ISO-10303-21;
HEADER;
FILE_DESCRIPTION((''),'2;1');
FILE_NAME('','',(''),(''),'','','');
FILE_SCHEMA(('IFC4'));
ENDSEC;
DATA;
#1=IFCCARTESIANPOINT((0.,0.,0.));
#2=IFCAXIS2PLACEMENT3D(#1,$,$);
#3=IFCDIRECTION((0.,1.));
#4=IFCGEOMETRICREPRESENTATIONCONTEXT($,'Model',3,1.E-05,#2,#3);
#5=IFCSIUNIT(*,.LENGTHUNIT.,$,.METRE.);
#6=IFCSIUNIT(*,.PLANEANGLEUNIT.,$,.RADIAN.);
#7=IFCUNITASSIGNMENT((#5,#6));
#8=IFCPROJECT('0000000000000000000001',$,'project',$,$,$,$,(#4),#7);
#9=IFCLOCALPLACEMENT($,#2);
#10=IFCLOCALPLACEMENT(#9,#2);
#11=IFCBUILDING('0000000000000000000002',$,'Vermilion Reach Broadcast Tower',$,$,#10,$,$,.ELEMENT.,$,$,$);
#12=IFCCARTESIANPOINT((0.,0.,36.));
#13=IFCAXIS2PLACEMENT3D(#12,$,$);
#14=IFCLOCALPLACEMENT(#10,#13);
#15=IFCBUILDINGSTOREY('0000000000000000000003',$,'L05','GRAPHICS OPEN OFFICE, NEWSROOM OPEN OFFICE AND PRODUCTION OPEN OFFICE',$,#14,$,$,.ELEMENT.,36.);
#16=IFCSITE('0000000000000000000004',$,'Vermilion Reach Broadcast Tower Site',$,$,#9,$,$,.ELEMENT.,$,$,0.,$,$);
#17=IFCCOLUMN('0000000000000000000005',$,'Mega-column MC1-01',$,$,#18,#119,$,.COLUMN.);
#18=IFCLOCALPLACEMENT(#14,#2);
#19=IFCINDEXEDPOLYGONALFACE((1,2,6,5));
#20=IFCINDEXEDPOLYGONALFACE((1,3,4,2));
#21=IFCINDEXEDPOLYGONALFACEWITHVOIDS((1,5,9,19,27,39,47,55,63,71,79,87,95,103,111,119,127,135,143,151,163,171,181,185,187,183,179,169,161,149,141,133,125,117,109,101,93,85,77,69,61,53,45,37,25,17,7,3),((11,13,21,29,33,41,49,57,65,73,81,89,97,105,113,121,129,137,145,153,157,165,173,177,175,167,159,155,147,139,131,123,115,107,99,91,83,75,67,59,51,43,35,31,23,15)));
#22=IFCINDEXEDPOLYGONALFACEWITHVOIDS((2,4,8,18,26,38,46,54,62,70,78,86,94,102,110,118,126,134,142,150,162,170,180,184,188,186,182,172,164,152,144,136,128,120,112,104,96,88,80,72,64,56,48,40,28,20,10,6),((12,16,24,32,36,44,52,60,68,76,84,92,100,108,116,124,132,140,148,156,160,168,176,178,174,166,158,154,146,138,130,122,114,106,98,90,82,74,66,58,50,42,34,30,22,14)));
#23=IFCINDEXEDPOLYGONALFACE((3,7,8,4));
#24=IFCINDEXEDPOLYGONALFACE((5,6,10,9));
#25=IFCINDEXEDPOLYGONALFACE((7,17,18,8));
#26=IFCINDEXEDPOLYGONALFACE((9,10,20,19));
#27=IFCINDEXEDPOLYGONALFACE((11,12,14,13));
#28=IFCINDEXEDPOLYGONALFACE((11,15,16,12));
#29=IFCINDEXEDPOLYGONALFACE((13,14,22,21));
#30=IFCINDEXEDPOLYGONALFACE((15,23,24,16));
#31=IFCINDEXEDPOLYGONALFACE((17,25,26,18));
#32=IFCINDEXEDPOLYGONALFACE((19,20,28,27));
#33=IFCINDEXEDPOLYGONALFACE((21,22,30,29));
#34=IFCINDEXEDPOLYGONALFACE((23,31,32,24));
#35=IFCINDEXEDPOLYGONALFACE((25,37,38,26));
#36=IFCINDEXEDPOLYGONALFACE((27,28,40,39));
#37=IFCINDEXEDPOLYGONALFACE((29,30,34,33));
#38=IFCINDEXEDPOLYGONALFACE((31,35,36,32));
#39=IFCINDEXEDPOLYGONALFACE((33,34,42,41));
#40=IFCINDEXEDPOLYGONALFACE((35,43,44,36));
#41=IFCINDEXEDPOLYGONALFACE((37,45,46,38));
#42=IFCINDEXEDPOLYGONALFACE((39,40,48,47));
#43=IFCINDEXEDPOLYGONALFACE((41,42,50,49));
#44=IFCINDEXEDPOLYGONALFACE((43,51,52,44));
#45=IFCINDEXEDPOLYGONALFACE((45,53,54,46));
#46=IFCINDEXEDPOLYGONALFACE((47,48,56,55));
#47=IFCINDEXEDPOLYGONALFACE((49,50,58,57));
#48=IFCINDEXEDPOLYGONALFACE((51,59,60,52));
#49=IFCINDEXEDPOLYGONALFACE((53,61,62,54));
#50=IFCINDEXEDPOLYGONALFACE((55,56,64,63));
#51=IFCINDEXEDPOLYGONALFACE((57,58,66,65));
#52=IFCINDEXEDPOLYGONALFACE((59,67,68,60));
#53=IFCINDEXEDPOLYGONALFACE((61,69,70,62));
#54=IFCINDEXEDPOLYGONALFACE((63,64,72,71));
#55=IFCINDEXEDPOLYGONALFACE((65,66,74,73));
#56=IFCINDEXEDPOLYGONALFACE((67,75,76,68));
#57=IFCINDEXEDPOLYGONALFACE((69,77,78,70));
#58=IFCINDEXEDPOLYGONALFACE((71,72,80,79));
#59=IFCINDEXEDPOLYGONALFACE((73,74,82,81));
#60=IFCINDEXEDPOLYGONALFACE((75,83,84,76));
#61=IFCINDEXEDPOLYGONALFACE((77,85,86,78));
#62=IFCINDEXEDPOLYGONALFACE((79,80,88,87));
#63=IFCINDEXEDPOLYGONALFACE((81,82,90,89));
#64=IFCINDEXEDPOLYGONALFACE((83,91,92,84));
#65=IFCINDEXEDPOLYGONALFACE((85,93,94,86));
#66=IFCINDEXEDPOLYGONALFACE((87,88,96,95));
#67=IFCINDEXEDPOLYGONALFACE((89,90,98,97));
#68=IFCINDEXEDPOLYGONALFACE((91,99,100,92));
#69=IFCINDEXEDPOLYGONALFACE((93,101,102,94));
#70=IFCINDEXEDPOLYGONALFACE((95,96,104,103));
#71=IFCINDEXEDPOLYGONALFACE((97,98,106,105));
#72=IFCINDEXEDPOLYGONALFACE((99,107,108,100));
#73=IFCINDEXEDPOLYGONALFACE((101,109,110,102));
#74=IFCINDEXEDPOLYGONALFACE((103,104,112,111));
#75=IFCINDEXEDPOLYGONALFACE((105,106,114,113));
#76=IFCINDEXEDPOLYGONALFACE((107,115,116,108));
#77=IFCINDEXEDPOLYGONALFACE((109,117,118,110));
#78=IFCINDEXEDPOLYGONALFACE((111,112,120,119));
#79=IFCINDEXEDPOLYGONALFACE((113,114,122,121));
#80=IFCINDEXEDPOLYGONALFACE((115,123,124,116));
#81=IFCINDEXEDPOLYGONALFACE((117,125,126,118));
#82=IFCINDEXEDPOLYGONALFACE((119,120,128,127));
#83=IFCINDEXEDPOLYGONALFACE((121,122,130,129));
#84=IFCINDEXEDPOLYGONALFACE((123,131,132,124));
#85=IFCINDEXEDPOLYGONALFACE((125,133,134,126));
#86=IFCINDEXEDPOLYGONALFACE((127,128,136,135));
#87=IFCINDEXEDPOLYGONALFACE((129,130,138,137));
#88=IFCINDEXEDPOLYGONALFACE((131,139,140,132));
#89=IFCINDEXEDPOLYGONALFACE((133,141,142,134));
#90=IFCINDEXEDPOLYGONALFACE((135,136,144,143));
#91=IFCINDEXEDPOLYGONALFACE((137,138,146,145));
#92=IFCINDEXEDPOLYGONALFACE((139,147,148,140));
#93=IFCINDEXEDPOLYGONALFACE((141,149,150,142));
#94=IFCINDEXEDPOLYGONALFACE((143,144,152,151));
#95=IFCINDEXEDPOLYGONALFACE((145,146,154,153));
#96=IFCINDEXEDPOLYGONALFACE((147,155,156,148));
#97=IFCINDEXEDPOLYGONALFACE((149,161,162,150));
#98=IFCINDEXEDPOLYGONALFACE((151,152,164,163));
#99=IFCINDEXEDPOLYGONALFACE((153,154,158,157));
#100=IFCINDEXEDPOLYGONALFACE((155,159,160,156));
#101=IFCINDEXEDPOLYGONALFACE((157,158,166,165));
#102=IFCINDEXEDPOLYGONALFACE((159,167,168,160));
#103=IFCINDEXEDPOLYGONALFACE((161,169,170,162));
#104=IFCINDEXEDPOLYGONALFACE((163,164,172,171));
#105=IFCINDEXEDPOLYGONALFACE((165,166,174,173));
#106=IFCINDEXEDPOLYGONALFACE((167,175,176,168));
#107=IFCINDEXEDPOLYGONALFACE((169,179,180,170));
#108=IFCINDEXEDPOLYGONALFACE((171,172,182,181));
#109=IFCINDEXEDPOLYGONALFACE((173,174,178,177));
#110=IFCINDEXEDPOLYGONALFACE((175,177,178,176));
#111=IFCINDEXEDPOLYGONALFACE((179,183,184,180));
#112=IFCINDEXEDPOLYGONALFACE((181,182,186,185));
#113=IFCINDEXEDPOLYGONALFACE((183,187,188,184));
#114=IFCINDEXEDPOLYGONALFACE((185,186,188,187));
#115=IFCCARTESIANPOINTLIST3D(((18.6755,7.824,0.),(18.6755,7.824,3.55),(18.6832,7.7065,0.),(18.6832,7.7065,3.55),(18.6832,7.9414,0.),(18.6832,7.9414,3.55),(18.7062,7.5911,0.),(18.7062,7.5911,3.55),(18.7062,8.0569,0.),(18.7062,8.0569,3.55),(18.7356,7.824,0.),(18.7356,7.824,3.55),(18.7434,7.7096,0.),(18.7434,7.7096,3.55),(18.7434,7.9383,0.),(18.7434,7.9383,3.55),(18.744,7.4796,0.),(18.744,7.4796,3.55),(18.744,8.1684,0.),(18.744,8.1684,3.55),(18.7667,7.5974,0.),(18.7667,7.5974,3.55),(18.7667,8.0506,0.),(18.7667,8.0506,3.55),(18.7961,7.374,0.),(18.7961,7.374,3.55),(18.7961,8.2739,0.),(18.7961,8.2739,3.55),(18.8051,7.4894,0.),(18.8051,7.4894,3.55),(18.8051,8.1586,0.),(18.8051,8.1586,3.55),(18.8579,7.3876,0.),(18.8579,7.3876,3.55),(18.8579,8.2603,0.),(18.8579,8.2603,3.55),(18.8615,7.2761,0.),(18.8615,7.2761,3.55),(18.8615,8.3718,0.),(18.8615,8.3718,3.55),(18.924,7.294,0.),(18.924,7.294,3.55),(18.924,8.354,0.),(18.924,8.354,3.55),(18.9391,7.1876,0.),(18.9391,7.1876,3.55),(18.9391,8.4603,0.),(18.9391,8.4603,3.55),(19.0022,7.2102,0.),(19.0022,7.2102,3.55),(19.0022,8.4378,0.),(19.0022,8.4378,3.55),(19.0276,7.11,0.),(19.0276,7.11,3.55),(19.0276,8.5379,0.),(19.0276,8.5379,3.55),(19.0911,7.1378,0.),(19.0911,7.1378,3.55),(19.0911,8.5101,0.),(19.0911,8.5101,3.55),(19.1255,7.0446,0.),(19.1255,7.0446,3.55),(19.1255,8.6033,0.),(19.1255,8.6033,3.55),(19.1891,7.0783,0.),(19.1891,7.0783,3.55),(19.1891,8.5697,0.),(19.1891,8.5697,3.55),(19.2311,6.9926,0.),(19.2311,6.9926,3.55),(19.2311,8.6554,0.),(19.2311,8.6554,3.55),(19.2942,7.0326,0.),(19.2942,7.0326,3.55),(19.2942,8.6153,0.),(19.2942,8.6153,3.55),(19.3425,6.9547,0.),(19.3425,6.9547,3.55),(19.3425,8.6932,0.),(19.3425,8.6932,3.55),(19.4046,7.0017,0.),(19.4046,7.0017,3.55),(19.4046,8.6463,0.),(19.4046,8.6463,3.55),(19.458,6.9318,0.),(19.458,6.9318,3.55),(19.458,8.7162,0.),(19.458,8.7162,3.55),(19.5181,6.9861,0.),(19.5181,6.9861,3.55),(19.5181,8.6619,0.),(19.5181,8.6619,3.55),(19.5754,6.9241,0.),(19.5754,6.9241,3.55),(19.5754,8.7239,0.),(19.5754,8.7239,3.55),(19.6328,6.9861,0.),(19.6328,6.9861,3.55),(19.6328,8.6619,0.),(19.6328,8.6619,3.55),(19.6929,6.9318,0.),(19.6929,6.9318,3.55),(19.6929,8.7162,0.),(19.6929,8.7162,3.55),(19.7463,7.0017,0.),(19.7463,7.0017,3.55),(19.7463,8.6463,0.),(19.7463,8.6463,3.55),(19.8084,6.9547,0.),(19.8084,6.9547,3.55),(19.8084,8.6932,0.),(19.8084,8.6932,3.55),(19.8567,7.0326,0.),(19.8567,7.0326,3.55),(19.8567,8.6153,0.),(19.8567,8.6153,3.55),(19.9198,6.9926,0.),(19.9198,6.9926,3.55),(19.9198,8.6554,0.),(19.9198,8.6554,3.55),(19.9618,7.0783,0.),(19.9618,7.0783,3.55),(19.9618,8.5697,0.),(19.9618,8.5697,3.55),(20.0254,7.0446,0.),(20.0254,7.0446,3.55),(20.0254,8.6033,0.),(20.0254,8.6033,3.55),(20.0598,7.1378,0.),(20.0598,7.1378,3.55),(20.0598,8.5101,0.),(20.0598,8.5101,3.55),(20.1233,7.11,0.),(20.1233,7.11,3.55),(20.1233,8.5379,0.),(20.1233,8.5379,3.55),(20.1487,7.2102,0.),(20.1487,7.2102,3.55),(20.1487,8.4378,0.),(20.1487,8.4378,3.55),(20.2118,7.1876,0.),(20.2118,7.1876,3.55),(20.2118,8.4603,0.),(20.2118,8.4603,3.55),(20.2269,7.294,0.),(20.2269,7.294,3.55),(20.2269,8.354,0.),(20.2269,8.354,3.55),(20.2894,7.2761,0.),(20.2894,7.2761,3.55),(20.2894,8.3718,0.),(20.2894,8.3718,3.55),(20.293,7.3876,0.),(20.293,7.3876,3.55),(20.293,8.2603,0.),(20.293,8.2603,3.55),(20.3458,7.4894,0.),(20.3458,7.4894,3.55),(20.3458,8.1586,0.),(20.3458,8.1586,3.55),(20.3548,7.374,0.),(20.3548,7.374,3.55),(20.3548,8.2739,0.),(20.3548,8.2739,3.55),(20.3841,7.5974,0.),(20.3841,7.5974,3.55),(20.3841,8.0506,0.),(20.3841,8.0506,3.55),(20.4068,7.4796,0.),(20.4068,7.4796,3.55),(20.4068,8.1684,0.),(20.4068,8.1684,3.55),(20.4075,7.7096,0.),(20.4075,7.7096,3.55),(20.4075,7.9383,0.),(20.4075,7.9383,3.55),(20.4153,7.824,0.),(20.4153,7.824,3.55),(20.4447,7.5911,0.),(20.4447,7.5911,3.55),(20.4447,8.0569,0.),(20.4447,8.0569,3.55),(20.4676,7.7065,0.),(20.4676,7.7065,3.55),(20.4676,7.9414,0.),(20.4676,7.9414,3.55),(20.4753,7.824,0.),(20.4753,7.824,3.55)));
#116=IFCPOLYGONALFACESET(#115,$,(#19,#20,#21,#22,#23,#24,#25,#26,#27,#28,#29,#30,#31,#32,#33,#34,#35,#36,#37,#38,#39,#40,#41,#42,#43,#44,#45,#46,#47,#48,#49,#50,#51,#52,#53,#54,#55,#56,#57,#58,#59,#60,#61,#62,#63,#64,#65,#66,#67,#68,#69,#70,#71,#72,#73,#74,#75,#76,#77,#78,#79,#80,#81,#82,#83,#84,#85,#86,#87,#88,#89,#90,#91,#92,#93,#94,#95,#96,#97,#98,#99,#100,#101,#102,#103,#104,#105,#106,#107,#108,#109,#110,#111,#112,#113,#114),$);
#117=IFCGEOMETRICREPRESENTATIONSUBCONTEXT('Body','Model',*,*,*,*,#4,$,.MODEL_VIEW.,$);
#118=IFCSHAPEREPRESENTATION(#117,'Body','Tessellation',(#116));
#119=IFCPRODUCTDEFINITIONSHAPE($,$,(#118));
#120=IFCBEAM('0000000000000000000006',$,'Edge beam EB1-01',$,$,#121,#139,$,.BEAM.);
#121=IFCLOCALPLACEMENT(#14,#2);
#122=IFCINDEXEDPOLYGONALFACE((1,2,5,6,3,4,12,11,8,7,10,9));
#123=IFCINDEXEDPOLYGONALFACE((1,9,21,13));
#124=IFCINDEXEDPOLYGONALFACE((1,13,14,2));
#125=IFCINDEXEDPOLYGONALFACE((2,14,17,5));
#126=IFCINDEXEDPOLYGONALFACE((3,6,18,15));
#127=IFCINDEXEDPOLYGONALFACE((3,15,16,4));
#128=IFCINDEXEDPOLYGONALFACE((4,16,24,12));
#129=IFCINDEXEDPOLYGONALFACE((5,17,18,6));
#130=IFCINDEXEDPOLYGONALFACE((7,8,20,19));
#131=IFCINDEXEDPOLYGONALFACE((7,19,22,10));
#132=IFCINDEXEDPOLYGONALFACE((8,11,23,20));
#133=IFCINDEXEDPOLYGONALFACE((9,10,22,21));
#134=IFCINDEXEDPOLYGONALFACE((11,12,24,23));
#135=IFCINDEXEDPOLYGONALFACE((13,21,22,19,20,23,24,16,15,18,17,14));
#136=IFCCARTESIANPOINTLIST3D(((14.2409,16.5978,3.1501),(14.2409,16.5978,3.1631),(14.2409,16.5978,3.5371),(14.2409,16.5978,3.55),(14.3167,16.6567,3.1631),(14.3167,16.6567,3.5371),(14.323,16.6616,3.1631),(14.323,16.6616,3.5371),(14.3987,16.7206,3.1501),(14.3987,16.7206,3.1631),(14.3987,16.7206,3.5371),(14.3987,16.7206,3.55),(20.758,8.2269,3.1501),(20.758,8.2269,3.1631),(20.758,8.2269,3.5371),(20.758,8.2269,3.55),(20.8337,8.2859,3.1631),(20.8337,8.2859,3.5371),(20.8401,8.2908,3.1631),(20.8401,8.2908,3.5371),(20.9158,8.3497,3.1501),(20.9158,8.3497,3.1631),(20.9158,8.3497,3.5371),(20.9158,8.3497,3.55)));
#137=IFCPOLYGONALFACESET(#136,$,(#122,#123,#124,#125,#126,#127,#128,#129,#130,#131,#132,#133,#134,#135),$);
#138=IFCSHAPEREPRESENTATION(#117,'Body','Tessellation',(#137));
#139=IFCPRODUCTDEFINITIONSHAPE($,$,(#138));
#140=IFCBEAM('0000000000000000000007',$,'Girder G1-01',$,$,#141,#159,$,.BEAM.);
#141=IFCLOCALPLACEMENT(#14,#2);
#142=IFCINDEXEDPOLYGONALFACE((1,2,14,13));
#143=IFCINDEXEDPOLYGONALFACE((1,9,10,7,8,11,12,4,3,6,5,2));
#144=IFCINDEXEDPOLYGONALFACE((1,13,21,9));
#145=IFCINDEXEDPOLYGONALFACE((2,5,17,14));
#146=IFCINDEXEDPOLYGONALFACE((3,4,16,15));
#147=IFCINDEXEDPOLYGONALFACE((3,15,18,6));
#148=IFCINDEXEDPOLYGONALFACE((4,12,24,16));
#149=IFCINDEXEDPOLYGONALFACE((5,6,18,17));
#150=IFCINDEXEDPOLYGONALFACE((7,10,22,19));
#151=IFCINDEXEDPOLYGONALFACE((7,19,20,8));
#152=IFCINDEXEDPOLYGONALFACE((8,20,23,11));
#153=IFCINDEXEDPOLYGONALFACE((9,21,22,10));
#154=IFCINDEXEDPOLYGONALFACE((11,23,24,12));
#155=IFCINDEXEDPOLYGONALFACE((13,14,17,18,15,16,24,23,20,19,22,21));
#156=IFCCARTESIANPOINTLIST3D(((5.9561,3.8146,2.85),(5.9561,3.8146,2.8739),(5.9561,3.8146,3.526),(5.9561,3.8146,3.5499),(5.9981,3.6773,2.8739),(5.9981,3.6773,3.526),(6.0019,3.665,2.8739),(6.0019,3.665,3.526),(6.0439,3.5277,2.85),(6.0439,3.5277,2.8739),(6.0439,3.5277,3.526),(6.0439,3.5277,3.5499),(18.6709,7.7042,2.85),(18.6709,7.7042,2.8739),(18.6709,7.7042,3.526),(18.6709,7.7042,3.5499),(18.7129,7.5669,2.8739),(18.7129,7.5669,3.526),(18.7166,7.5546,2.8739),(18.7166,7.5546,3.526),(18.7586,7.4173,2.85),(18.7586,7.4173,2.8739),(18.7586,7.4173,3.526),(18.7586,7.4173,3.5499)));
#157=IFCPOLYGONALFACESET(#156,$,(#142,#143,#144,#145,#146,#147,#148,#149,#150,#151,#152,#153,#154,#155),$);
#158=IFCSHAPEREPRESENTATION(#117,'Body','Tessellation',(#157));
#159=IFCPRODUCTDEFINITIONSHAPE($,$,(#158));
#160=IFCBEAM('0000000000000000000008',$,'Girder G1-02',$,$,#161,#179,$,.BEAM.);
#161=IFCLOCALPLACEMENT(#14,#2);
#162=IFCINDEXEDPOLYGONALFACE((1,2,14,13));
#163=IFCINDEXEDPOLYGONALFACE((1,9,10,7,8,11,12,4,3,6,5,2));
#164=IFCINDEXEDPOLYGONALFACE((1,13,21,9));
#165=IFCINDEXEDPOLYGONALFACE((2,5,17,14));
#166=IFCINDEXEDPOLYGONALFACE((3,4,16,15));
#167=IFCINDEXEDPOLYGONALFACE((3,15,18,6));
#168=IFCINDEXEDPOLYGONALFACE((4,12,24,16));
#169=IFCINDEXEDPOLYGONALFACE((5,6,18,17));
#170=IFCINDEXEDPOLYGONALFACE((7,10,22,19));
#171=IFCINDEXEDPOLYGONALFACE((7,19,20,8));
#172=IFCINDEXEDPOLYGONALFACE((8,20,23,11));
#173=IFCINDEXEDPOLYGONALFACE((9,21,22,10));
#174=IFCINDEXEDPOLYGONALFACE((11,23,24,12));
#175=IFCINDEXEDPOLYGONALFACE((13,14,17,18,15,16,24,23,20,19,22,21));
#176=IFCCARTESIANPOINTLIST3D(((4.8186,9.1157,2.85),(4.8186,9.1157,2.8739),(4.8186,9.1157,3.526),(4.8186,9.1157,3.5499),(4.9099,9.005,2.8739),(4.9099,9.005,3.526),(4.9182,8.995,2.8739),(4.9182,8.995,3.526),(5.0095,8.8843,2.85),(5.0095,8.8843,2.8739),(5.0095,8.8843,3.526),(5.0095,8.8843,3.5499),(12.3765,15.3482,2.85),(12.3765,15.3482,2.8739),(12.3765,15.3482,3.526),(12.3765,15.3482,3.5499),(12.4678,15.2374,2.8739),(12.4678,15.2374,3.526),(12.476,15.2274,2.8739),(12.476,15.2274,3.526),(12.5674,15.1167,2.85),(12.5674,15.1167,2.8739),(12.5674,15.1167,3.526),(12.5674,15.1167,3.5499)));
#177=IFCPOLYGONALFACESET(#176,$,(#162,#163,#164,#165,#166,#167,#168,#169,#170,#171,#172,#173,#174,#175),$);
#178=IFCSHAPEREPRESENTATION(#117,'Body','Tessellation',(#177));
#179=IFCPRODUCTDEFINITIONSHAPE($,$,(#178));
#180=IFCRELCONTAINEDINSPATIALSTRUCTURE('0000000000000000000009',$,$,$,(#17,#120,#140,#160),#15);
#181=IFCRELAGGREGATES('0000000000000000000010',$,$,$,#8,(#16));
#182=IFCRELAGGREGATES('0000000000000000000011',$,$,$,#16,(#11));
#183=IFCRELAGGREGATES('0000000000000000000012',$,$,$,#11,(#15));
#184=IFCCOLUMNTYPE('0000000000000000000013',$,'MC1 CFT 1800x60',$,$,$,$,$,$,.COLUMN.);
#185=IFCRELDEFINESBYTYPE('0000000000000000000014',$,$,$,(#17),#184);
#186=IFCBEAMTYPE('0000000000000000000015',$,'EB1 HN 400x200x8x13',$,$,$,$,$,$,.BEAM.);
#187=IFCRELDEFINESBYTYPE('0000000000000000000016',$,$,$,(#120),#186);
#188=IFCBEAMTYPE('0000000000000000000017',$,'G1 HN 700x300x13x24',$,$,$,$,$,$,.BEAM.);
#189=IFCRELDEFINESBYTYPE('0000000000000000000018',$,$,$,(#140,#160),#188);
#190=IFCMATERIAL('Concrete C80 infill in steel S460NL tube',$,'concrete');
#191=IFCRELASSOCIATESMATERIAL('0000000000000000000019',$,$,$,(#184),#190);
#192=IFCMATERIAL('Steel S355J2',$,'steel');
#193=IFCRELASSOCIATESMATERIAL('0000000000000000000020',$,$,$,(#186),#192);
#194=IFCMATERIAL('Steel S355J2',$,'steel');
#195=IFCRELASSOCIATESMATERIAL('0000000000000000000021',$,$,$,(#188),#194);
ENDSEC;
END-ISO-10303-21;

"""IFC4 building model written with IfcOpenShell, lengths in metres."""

from ifc_helpers import new_model, si_unit, direction, frame, origin, origin_2d, place, context, subcontext, project, spatial, hollow_circle, i_section, extrude, material, material_profile, profile_set, type_object, element, save


model = new_model("IFC4")

# Units and contexts
model_context = context("Model", 3, precision=1e-05, world=origin(), true_north=direction((0.0, 1.0)))
body_context = subcontext(model_context, "Body", "Model", "MODEL_VIEW")
ifc_project = project(units=[si_unit("LENGTHUNIT", "METRE"), si_unit("PLANEANGLEUNIT", "RADIAN")], contexts=[model_context])

# Site, building, storey
site_placement = place(None, origin())
site = spatial("IfcSite", under=ifc_project, at=site_placement, Name="Vermilion Reach Broadcast Tower Site", CompositionType="ELEMENT", RefElevation=0.0)
building_placement = place(site_placement, origin())
building = spatial("IfcBuilding", under=site, at=building_placement, Name="Vermilion Reach Broadcast Tower", CompositionType="ELEMENT")
storey_placement = place(building_placement, frame((0.0, 0.0, 36.0)))
storey = spatial("IfcBuildingStorey", under=building, at=storey_placement, Name="L05", Description="GRAPHICS OPEN OFFICE, NEWSROOM OPEN OFFICE AND PRODUCTION OPEN OFFICE", CompositionType="ELEMENT", Elevation=36.0)

# Column
ifc_material_1 = material(Name="Concrete C80 infill in steel S460NL tube", Category="concrete")
ifc_material_profile_1 = material_profile(ifc_material_1, hollow_circle(Radius=0.8999, WallThickness=0.0601, at=origin_2d()), Name="Concrete C80 infill in steel S460NL tube CFT 1800x60")
ifc_profile_set_1 = profile_set([ifc_material_profile_1], Name="Concrete C80 infill in steel S460NL tube")
column_type = type_object("IfcColumnType", Name="MC1 CFT 1800x60", PredefinedType="COLUMN", material=ifc_profile_set_1)
column_placement = place(storey_placement, frame((19.5754, 7.824, 0.0), z_axis=(0.0, 0.0, 1.0), x_axis=(1.0, 0.0, 0.0)))
element("IfcColumn", 1, at=column_placement, inside=storey, type_object=column_type, Name="Mega-column MC1-01", PredefinedType="COLUMN", context=body_context, shape_type="SweptSolid", body=[
    extrude(hollow_circle(Radius=0.8999, WallThickness=0.0601, at=origin_2d()), origin(), (0.0, 0.0, 1.0), 3.55),
])

# Beams
ifc_material_2 = material(Name="Steel S355J2", Category="steel")
ifc_material_profile_2 = material_profile(ifc_material_2, i_section(OverallWidth=0.2, OverallDepth=0.3999, WebThickness=0.0081, FlangeThickness=0.0129, at=origin_2d()), Name="S355J2 HN 400x200x8x13")
ifc_profile_set_2 = profile_set([ifc_material_profile_2], Name="Steel S355J2")
beam_type_1 = type_object("IfcBeamType", Name="EB1 HN 400x200x8x13", PredefinedType="BEAM", material=ifc_profile_set_2)
beam_1_placement = place(storey_placement, frame((20.8369, 8.2883, 3.3501), z_axis=(-0.614318, 0.789058, 0.0), x_axis=(-0.789058, -0.614318, 0.0)))
element("IfcBeam", 2, at=beam_1_placement, inside=storey, type_object=beam_type_1, Name="Edge beam EB1-01", PredefinedType="BEAM", context=body_context, shape_type="SweptSolid", body=[
    extrude(i_section(OverallWidth=0.2, OverallDepth=0.3999, WebThickness=0.0081, FlangeThickness=0.0129, at=origin_2d()), origin(), (0.0, 0.0, 1.0), 10.6086),
])
ifc_material_3 = material(Name="Steel S355J2", Category="steel")
ifc_material_profile_3 = material_profile(ifc_material_3, i_section(OverallWidth=0.3, OverallDepth=0.7, WebThickness=0.0129, FlangeThickness=0.0239, at=origin_2d()), Name="S355J2 HN 700x300x13x24")
ifc_profile_set_3 = profile_set([ifc_material_profile_3], Name="Steel S355J2")
beam_type_2 = type_object("IfcBeamType", Name="G1 HN 700x300x13x24", PredefinedType="BEAM", material=ifc_profile_set_3)
beam_2_placement = place(storey_placement, frame((6.0, 3.6711, 3.2), z_axis=(0.956256, 0.292532, 0.0), x_axis=(-0.292532, 0.956256, 0.0)))
element("IfcBeam", 3, at=beam_2_placement, inside=storey, type_object=beam_type_2, Name="Girder G1-01", PredefinedType="BEAM", context=body_context, shape_type="SweptSolid", body=[
    extrude(i_section(OverallWidth=0.3, OverallDepth=0.7, WebThickness=0.0129, FlangeThickness=0.0239, at=origin_2d()), origin(), (0.0, 0.0, 1.0), 13.2964),
])
beam_3_placement = place(storey_placement, frame((4.9141, 9.0, 3.2), z_axis=(0.771514, 0.636212, 0.0), x_axis=(-0.636212, 0.771514, 0.0)))
element("IfcBeam", 4, at=beam_3_placement, inside=storey, type_object=beam_type_2, Name="Girder G1-02", PredefinedType="BEAM", context=body_context, shape_type="SweptSolid", body=[
    extrude(i_section(OverallWidth=0.3, OverallDepth=0.7, WebThickness=0.0129, FlangeThickness=0.0239, at=origin_2d()), origin(), (0.0, 0.0, 1.0), 9.7961),
])

save(model, "model.ifc")
